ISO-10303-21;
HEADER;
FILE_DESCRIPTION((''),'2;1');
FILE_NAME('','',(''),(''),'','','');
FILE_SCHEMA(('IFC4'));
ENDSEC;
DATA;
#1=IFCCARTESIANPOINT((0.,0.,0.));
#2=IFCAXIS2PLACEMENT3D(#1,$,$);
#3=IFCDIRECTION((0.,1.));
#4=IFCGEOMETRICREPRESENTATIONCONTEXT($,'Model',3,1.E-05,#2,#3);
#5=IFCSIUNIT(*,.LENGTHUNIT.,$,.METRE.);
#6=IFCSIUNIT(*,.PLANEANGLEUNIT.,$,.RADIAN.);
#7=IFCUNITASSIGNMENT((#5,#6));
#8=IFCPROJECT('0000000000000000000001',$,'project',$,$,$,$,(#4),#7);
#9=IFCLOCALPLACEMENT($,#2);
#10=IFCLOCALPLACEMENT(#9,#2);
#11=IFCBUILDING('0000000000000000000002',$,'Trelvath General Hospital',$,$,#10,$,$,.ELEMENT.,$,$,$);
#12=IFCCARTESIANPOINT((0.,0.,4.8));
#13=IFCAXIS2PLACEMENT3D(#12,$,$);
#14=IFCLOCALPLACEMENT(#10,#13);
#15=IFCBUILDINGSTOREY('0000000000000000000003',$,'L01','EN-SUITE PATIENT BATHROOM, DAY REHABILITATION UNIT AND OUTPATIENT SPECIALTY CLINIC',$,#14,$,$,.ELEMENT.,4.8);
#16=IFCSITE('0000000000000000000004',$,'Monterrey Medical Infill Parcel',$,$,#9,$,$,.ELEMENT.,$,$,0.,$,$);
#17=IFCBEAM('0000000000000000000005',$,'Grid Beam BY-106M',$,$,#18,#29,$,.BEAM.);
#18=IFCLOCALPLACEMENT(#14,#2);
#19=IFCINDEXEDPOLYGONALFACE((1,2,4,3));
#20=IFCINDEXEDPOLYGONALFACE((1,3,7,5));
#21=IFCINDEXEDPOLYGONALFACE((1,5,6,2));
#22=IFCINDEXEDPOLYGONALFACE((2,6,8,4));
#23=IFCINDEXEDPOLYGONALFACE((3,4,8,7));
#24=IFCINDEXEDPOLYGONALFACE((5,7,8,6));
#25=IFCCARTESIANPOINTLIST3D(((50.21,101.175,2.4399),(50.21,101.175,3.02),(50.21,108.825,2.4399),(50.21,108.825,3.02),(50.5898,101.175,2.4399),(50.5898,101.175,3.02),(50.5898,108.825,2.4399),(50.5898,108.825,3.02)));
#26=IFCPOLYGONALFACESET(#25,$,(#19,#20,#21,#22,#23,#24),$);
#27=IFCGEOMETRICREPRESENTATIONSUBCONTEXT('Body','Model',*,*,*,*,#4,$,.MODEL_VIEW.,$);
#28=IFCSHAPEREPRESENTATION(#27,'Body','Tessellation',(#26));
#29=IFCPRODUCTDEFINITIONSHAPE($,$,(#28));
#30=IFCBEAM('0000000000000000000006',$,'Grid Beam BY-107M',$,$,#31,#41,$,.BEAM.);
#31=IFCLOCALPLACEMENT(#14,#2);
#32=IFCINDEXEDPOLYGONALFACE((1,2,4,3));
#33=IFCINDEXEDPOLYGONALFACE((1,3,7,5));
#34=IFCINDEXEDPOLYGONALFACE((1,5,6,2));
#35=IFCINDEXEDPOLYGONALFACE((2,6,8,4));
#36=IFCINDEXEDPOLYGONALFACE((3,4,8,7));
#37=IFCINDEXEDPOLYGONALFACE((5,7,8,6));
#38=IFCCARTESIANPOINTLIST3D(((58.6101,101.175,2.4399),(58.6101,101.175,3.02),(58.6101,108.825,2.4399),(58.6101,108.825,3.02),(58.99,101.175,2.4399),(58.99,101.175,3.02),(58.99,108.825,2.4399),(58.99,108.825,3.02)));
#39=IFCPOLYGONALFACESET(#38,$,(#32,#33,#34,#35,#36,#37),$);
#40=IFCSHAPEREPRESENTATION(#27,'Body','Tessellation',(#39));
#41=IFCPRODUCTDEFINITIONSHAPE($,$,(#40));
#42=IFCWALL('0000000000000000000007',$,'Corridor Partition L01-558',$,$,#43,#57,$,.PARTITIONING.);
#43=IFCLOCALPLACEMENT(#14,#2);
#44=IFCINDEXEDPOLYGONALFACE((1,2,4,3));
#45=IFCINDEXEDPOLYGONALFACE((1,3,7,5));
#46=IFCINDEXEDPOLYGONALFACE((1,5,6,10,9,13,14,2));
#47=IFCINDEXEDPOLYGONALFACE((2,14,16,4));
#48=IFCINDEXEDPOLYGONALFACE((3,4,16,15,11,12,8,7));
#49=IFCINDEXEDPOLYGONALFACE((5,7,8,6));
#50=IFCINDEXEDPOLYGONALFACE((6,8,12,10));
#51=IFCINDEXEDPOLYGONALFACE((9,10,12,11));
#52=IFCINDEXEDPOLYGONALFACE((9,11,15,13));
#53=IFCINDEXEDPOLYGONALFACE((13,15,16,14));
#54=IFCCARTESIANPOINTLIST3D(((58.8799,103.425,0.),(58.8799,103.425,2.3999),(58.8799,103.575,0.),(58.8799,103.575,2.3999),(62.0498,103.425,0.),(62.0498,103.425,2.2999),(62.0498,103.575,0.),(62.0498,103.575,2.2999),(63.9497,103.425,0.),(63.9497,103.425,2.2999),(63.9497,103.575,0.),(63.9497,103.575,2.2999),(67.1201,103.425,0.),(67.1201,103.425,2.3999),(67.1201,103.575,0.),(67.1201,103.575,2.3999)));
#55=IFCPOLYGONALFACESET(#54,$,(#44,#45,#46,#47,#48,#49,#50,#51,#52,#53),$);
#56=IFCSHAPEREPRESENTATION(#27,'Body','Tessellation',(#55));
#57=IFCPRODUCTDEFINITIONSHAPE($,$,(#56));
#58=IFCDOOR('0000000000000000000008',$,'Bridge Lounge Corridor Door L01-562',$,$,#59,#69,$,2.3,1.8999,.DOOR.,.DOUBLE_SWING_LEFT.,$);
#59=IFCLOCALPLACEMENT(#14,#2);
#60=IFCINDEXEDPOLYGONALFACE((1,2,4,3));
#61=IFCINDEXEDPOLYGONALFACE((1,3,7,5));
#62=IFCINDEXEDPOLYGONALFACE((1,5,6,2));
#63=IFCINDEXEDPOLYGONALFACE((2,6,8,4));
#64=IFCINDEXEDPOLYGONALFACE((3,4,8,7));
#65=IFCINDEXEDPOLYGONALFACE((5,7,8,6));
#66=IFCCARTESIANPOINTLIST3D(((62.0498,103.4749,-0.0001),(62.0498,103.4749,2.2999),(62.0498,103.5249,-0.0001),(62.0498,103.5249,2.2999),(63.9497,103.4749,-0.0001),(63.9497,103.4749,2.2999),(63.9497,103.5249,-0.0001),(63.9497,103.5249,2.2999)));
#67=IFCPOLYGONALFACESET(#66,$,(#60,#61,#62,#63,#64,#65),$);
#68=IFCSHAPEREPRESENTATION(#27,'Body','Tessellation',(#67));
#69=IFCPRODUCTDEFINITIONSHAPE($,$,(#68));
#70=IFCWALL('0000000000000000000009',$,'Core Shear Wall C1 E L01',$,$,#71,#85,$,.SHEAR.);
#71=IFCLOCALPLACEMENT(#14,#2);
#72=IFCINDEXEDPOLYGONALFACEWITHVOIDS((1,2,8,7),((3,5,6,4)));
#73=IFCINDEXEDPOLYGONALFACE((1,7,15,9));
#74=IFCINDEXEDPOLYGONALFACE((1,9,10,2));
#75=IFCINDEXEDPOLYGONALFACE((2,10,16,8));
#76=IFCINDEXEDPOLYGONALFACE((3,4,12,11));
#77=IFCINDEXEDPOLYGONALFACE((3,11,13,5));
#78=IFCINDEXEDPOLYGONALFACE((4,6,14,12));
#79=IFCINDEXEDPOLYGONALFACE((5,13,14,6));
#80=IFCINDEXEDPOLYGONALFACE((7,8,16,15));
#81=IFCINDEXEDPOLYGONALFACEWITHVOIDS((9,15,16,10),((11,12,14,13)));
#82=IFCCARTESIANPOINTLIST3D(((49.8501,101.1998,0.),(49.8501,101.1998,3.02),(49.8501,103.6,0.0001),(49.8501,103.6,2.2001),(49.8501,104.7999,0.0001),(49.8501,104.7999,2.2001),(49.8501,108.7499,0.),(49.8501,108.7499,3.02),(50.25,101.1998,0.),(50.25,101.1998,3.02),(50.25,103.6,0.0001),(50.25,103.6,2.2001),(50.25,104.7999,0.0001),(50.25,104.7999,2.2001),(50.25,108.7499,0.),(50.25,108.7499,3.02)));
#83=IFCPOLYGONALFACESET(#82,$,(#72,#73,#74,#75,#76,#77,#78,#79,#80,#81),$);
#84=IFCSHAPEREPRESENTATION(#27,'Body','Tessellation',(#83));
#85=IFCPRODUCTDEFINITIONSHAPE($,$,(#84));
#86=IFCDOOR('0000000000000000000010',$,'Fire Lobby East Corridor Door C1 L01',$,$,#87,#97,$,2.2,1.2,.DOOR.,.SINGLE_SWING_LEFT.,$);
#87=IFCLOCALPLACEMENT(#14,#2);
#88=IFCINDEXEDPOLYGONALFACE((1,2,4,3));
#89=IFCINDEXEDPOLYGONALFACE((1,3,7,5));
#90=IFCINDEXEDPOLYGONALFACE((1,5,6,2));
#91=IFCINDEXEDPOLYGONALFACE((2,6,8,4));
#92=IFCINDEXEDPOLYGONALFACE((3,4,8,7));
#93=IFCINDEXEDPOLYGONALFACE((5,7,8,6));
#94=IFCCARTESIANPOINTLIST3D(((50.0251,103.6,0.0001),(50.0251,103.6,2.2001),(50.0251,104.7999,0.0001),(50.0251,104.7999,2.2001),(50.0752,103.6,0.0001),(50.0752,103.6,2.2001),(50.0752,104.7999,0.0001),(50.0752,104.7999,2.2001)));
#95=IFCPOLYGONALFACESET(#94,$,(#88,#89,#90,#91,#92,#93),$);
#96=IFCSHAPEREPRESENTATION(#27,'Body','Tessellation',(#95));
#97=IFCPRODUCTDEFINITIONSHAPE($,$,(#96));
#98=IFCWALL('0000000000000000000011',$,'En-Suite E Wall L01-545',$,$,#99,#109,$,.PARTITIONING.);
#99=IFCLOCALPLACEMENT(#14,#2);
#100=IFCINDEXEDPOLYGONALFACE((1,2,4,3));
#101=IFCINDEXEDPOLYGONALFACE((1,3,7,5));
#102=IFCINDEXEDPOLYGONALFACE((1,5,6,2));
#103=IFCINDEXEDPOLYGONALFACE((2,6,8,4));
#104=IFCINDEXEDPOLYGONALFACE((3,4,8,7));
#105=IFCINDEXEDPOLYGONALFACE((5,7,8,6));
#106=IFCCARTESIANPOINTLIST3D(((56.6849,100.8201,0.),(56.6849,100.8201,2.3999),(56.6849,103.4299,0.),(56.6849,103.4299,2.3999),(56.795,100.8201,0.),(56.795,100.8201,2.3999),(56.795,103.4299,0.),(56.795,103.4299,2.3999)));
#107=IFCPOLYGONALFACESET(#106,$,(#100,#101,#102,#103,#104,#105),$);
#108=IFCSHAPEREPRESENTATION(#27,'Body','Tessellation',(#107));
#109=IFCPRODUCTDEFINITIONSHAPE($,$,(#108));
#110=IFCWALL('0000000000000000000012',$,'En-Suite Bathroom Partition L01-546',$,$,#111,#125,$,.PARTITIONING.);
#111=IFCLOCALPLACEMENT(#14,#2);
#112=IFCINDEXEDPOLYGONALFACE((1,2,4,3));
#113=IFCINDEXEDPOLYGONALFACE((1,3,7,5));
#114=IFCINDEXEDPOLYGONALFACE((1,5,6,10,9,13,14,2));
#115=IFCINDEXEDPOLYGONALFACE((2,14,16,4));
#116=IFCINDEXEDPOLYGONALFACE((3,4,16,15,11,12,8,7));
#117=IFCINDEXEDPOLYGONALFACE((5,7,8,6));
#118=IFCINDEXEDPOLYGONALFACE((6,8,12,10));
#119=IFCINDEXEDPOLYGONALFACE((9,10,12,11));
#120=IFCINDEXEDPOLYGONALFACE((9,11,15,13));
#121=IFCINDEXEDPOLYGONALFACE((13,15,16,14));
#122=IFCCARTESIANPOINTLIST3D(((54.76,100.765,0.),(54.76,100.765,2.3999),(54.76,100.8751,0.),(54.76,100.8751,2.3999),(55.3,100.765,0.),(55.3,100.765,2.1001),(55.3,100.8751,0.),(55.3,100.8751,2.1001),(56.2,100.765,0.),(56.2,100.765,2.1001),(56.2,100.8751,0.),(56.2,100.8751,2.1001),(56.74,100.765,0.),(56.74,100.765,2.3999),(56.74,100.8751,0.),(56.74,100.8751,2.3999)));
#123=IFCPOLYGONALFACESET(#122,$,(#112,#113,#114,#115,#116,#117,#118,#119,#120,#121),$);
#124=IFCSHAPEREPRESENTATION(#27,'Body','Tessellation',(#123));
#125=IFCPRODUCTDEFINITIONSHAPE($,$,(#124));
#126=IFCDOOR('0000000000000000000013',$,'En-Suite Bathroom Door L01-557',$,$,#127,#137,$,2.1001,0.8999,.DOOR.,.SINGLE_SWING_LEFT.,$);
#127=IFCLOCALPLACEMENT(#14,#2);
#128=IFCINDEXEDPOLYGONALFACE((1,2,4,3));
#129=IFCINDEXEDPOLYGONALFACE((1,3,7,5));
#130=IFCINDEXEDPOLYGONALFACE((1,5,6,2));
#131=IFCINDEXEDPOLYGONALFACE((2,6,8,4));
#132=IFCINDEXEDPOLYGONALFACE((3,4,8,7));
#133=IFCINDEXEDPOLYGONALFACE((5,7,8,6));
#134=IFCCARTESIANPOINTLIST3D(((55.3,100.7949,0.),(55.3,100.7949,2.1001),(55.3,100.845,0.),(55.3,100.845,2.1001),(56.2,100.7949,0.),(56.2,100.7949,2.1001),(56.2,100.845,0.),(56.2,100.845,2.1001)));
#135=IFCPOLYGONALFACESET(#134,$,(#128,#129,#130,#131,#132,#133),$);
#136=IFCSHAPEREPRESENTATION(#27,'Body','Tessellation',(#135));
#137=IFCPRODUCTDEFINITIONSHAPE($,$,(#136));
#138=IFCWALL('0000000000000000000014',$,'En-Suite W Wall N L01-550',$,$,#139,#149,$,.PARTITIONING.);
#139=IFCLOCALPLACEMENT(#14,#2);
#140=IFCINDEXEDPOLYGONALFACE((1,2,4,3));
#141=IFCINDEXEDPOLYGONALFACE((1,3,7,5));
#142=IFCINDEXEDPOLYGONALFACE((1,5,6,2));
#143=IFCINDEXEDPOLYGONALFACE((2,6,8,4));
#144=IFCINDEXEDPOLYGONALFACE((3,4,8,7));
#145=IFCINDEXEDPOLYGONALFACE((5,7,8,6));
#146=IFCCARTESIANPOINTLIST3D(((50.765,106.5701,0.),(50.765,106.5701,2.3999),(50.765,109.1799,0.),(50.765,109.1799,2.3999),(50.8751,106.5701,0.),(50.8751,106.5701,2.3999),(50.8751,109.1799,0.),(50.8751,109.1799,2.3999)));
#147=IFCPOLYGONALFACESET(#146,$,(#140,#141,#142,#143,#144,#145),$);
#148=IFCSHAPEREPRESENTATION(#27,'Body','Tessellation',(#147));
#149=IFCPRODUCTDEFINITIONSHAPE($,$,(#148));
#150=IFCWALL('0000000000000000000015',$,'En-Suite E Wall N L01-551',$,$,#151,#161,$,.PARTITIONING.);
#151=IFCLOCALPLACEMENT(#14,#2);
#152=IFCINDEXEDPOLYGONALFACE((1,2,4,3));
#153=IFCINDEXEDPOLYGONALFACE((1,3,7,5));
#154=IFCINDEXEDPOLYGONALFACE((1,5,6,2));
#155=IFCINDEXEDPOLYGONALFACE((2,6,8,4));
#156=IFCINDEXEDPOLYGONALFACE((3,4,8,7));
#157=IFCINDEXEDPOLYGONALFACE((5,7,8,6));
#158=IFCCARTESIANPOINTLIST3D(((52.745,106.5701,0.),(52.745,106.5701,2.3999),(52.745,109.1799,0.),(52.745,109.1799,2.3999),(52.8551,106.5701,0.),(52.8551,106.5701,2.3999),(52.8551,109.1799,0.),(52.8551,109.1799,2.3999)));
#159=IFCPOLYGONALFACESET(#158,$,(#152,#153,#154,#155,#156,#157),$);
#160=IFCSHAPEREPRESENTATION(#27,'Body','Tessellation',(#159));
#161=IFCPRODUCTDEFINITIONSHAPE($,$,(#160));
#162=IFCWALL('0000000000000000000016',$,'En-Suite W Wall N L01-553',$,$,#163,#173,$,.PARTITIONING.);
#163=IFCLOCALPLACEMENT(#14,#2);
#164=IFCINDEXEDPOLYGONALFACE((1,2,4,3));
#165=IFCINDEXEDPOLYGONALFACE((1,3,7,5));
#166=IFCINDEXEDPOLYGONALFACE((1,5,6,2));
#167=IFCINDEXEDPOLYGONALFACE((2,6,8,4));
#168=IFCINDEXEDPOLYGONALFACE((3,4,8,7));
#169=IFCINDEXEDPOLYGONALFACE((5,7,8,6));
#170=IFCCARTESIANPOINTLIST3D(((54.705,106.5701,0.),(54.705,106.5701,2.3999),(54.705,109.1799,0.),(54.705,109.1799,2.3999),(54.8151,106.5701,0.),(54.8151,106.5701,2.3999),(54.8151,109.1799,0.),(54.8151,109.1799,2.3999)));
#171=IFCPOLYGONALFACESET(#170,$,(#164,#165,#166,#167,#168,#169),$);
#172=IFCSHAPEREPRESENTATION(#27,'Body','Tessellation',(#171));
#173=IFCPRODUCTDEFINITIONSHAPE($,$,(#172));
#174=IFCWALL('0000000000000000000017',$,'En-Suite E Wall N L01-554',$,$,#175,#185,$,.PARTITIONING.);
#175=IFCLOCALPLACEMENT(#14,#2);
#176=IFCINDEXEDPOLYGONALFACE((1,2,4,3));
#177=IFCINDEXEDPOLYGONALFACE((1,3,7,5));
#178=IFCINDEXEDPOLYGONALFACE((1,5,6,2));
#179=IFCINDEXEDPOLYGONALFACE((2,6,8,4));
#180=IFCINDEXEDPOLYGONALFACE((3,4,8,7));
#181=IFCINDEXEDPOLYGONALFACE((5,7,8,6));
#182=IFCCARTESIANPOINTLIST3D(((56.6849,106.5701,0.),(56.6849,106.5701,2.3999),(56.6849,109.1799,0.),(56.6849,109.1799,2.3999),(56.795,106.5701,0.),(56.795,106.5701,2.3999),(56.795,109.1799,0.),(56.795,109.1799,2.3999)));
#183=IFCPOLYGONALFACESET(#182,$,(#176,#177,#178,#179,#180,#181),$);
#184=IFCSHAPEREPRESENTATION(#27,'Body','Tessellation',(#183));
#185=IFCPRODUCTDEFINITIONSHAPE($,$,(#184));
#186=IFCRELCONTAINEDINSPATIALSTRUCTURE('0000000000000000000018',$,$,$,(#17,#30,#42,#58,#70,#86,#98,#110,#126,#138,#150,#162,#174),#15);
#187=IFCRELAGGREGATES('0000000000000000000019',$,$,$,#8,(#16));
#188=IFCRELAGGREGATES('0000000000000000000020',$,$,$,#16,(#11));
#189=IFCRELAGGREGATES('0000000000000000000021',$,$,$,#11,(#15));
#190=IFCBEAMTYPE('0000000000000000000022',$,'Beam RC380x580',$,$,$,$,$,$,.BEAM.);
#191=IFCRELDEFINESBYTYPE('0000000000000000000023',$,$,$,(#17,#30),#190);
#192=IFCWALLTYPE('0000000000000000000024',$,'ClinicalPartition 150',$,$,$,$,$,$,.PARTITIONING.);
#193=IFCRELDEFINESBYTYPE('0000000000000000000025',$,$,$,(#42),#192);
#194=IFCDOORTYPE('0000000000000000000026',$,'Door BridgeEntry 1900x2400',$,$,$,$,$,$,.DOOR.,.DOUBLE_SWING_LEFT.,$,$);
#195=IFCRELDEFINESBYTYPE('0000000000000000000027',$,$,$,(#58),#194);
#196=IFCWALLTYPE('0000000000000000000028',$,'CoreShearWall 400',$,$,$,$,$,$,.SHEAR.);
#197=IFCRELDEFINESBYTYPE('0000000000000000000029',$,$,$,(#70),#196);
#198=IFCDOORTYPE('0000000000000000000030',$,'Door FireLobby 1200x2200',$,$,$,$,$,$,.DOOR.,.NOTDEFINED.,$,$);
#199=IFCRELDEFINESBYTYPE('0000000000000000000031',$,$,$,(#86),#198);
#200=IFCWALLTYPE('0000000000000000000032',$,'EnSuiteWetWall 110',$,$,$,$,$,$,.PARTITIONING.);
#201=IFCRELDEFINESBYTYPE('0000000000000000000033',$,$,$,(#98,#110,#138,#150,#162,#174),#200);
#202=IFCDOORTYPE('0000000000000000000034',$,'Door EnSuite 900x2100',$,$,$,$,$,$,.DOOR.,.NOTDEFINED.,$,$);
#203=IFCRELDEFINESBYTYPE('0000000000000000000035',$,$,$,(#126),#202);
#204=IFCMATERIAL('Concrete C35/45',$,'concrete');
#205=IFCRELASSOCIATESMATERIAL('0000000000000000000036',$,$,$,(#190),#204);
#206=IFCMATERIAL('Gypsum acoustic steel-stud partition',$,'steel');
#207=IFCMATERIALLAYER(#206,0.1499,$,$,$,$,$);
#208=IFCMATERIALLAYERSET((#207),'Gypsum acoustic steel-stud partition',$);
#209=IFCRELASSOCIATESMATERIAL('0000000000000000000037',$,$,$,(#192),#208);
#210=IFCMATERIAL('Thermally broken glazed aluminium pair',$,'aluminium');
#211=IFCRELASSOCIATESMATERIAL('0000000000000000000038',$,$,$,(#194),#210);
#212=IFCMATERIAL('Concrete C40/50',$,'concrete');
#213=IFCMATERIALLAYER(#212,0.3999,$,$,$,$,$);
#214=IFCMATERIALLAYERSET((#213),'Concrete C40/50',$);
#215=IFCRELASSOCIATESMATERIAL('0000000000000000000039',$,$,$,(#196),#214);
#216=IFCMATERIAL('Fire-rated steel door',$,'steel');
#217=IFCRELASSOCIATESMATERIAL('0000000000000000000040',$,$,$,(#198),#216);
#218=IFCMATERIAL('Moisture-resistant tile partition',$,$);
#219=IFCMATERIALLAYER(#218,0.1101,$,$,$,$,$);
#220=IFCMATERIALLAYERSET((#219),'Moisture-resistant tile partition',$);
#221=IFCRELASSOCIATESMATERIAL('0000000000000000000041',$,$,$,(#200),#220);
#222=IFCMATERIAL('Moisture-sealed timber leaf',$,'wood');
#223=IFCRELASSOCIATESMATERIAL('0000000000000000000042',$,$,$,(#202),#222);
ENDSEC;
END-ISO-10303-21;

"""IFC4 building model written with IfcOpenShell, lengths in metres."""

from ifc_helpers import new_model, si_unit, direction, frame, frame_2d, origin, origin_2d, place, context, subcontext, project, spatial, rectangle, extrude, material, layer, layer_set, material_profile, profile_set, type_object, element, fill, save


model = new_model("IFC4")

# Units and contexts
model_context = context("Model", 3, precision=1e-05, world=origin(), true_north=direction((0.0, 1.0)))
body_context = subcontext(model_context, "Body", "Model", "MODEL_VIEW")
ifc_project = project(units=[si_unit("LENGTHUNIT", "METRE"), si_unit("PLANEANGLEUNIT", "RADIAN")], contexts=[model_context])

# Site, building, storey
site_placement = place(None, origin())
site = spatial("IfcSite", under=ifc_project, at=site_placement, Name="Monterrey Medical Infill Parcel", CompositionType="ELEMENT", RefElevation=0.0)
building_placement = place(site_placement, origin())
building = spatial("IfcBuilding", under=site, at=building_placement, Name="Trelvath General Hospital", CompositionType="ELEMENT")
storey_placement = place(building_placement, frame((0.0, 0.0, 4.8)))
storey = spatial("IfcBuildingStorey", under=building, at=storey_placement, Name="L01", Description="EN-SUITE PATIENT BATHROOM, DAY REHABILITATION UNIT AND OUTPATIENT SPECIALTY CLINIC", CompositionType="ELEMENT", Elevation=4.8)

# Beams
ifc_material_1 = material(Name="Concrete C35/45", Category="concrete")
ifc_material_profile = material_profile(ifc_material_1, rectangle(XDim=0.3799, YDim=0.5801, at=origin_2d()), Name="RCB380x580")
ifc_profile_set = profile_set([ifc_material_profile], Name="Concrete C35/45")
beam_type = type_object("IfcBeamType", Name="Beam RC380x580", PredefinedType="BEAM", material=ifc_profile_set)
for number, where, z_axis, x_axis, name in (
    (1, (50.3999, 101.175, 2.73), (0.0, 1.0, 0.0), (-1.0, 0.0, 0.0), "Grid Beam BY-106M"),
    (2, (58.8, 101.175, 2.73), (0.0, 1.0, 0.0), (-1.0, 0.0, 0.0), "Grid Beam BY-107M"),
):
    element("IfcBeam", number, at=place(storey_placement, frame(where, z_axis=z_axis, x_axis=x_axis)), inside=storey, type_object=beam_type, Name=name, PredefinedType="BEAM", context=body_context, shape_type="SweptSolid", body=[
        extrude(rectangle(XDim=0.3799, YDim=0.5801, at=origin_2d()), origin(), (0.0, 0.0, 1.0), 7.6499),
    ])

# Shared definitions
ifc_material_2 = material(Name="Gypsum acoustic steel-stud partition", Category="steel")
ifc_layer_1 = layer(ifc_material_2, 0.1499)
ifc_layer_set_1 = layer_set([ifc_layer_1], Name="Gypsum acoustic steel-stud partition")
wall_type_1 = type_object("IfcWallType", Name="ClinicalPartition 150", PredefinedType="PARTITIONING", material=ifc_layer_set_1)

# Walls, openings, doors
wall_1_placement = place(storey_placement, frame((58.8799, 103.5, 0.0), z_axis=(0.0, 0.0, 1.0), x_axis=(1.0, 0.0, 0.0)))
wall_1 = element("IfcWall", 3, at=wall_1_placement, inside=storey, type_object=wall_type_1, Name="Corridor Partition L01-558", PredefinedType="PARTITIONING", context=body_context, shape_type="SweptSolid", body=[
    extrude(rectangle(XDim=8.2402, YDim=0.1499, at=frame_2d((4.1201, 0.0))), origin(), (0.0, 0.0, 1.0), 2.3999),
])
opening_1_placement = place(wall_1_placement, frame((3.1699, 0.0, 0.0)))
opening_1 = element("IfcOpeningElement", 4, at=opening_1_placement, cuts=wall_1, PredefinedType="OPENING", context=body_context, shape_type="SweptSolid", body=[
    extrude(rectangle(XDim=1.8999, YDim=2.3, at=frame_2d((0.95, 1.1499))), frame((0.0, 0.085, 0.0), z_axis=(0.0, -1.0, 0.0), x_axis=(1.0, 0.0, 0.0)), (0.0, 0.0, 1.0), 0.1699),
])
ifc_material_3 = material(Name="Thermally broken glazed aluminium pair", Category="aluminium")
door_type_1 = type_object("IfcDoorType", Name="Door BridgeEntry 1900x2400", OperationType="DOUBLE_SWING_LEFT", PredefinedType="DOOR", material=ifc_material_3)
door_1_placement = place(opening_1_placement, origin())
door_1 = element("IfcDoor", 5, at=door_1_placement, inside=storey, type_object=door_type_1, Name="Bridge Lounge Corridor Door L01-562", OperationType="DOUBLE_SWING_LEFT", OverallHeight=2.3, OverallWidth=1.8999, PredefinedType="DOOR", context=body_context, shape_type="SweptSolid", body=[
    extrude(rectangle(XDim=1.8999, YDim=2.3, at=frame_2d((0.95, 1.1499))), frame((0.0, 0.0249, 0.0), z_axis=(0.0, -1.0, 0.0), x_axis=(1.0, 0.0, 0.0)), (0.0, 0.0, 1.0), 0.05),
])
fill(opening_1, door_1)
ifc_material_4 = material(Name="Concrete C40/50", Category="concrete")
ifc_layer_2 = layer(ifc_material_4, 0.3999)
ifc_layer_set_2 = layer_set([ifc_layer_2], Name="Concrete C40/50")
wall_type_2 = type_object("IfcWallType", Name="CoreShearWall 400", PredefinedType="SHEAR", material=ifc_layer_set_2)
wall_2_placement = place(storey_placement, frame((50.05, 101.2, 0.0), z_axis=(0.0, 0.0, 1.0), x_axis=(0.0, 1.0, 0.0)))
wall_2 = element("IfcWall", 6, at=wall_2_placement, inside=storey, type_object=wall_type_2, Name="Core Shear Wall C1 E L01", PredefinedType="SHEAR", context=body_context, shape_type="SweptSolid", body=[
    extrude(rectangle(XDim=7.55, YDim=0.3999, at=frame_2d((3.7749, 0.0))), origin(), (0.0, 0.0, 1.0), 3.02),
])
opening_2_placement = place(wall_2_placement, frame((2.3999, 0.0, 0.0)))
opening_2 = element("IfcOpeningElement", 7, at=opening_2_placement, cuts=wall_2, PredefinedType="OPENING", context=body_context, shape_type="SweptSolid", body=[
    extrude(rectangle(XDim=1.2, YDim=2.2, at=frame_2d((0.6001, 1.1001))), frame((0.0, 0.21, 0.0), z_axis=(0.0, -1.0, 0.0), x_axis=(1.0, 0.0, 0.0)), (0.0, 0.0, 1.0), 0.4199),
])
ifc_material_5 = material(Name="Fire-rated steel door", Category="steel")
door_type_2 = type_object("IfcDoorType", Name="Door FireLobby 1200x2200", OperationType="NOTDEFINED", PredefinedType="DOOR", material=ifc_material_5)
door_2_placement = place(opening_2_placement, origin())
door_2 = element("IfcDoor", 8, at=door_2_placement, inside=storey, type_object=door_type_2, Name="Fire Lobby East Corridor Door C1 L01", OperationType="SINGLE_SWING_LEFT", OverallHeight=2.2, OverallWidth=1.2, PredefinedType="DOOR", context=body_context, shape_type="SweptSolid", body=[
    extrude(rectangle(XDim=1.2, YDim=2.2, at=frame_2d((0.6001, 1.1001))), frame((0.0, 0.0249, 0.0), z_axis=(0.0, -1.0, 0.0), x_axis=(1.0, 0.0, 0.0)), (0.0, 0.0, 1.0), 0.05),
])
fill(opening_2, door_2)

# Wall
ifc_material_6 = material(Name="Moisture-resistant tile partition")
ifc_layer_3 = layer(ifc_material_6, 0.1101)
ifc_layer_set_3 = layer_set([ifc_layer_3], Name="Moisture-resistant tile partition")
wall_type_3 = type_object("IfcWallType", Name="EnSuiteWetWall 110", PredefinedType="PARTITIONING", material=ifc_layer_set_3)
wall_3_placement = place(storey_placement, frame((56.74, 100.8201, 0.0), z_axis=(0.0, 0.0, 1.0), x_axis=(0.0, 1.0, 0.0)))
element("IfcWall", 9, at=wall_3_placement, inside=storey, type_object=wall_type_3, Name="En-Suite E Wall L01-545", PredefinedType="PARTITIONING", context=body_context, shape_type="SweptSolid", body=[
    extrude(rectangle(XDim=2.6099, YDim=0.1101, at=frame_2d((1.3049, 0.0))), origin(), (0.0, 0.0, 1.0), 2.3999),
])

# Wall, opening, door
wall_4_placement = place(storey_placement, frame((54.76, 100.8201, 0.0), z_axis=(0.0, 0.0, 1.0), x_axis=(1.0, 0.0, 0.0)))
wall_4 = element("IfcWall", 10, at=wall_4_placement, inside=storey, type_object=wall_type_3, Name="En-Suite Bathroom Partition L01-546", PredefinedType="PARTITIONING", context=body_context, shape_type="SweptSolid", body=[
    extrude(rectangle(XDim=1.98, YDim=0.1101, at=frame_2d((0.99, 0.0))), origin(), (0.0, 0.0, 1.0), 2.3999),
])
opening_3_placement = place(wall_4_placement, frame((0.54, 0.0, 0.0)))
opening_3 = element("IfcOpeningElement", 11, at=opening_3_placement, cuts=wall_4, PredefinedType="OPENING", context=body_context, shape_type="SweptSolid", body=[
    extrude(rectangle(XDim=0.8999, YDim=2.1001, at=frame_2d((0.45, 1.05))), frame((0.0, 0.0649, 0.0), z_axis=(0.0, -1.0, 0.0), x_axis=(1.0, 0.0, 0.0)), (0.0, 0.0, 1.0), 0.1301),
])
ifc_material_7 = material(Name="Moisture-sealed timber leaf", Category="wood")
door_type_3 = type_object("IfcDoorType", Name="Door EnSuite 900x2100", OperationType="NOTDEFINED", PredefinedType="DOOR", material=ifc_material_7)
door_3_placement = place(opening_3_placement, origin())
door_3 = element("IfcDoor", 12, at=door_3_placement, inside=storey, type_object=door_type_3, Name="En-Suite Bathroom Door L01-557", OperationType="SINGLE_SWING_LEFT", OverallHeight=2.1001, OverallWidth=0.8999, PredefinedType="DOOR", context=body_context, shape_type="SweptSolid", body=[
    extrude(rectangle(XDim=0.8999, YDim=2.1001, at=frame_2d((0.45, 1.05))), frame((0.0, 0.0249, 0.0), z_axis=(0.0, -1.0, 0.0), x_axis=(1.0, 0.0, 0.0)), (0.0, 0.0, 1.0), 0.05),
])
fill(opening_3, door_3)

# Walls
for number, where, z_axis, x_axis, name in (
    (13, (50.8201, 106.5701, 0.0), (0.0, 0.0, 1.0), (0.0, 1.0, 0.0), "En-Suite W Wall N L01-550"),
    (14, (52.8, 106.5701, 0.0), (0.0, 0.0, 1.0), (0.0, 1.0, 0.0), "En-Suite E Wall N L01-551"),
    (15, (54.76, 106.5701, 0.0), (0.0, 0.0, 1.0), (0.0, 1.0, 0.0), "En-Suite W Wall N L01-553"),
    (16, (56.74, 106.5701, 0.0), (0.0, 0.0, 1.0), (0.0, 1.0, 0.0), "En-Suite E Wall N L01-554"),
):
    element("IfcWall", number, at=place(storey_placement, frame(where, z_axis=z_axis, x_axis=x_axis)), inside=storey, type_object=wall_type_3, Name=name, PredefinedType="PARTITIONING", context=body_context, shape_type="SweptSolid", body=[
        extrude(rectangle(XDim=2.6099, YDim=0.1101, at=frame_2d((1.3049, 0.0))), origin(), (0.0, 0.0, 1.0), 2.3999),
    ])

save(model, "model.ifc")
